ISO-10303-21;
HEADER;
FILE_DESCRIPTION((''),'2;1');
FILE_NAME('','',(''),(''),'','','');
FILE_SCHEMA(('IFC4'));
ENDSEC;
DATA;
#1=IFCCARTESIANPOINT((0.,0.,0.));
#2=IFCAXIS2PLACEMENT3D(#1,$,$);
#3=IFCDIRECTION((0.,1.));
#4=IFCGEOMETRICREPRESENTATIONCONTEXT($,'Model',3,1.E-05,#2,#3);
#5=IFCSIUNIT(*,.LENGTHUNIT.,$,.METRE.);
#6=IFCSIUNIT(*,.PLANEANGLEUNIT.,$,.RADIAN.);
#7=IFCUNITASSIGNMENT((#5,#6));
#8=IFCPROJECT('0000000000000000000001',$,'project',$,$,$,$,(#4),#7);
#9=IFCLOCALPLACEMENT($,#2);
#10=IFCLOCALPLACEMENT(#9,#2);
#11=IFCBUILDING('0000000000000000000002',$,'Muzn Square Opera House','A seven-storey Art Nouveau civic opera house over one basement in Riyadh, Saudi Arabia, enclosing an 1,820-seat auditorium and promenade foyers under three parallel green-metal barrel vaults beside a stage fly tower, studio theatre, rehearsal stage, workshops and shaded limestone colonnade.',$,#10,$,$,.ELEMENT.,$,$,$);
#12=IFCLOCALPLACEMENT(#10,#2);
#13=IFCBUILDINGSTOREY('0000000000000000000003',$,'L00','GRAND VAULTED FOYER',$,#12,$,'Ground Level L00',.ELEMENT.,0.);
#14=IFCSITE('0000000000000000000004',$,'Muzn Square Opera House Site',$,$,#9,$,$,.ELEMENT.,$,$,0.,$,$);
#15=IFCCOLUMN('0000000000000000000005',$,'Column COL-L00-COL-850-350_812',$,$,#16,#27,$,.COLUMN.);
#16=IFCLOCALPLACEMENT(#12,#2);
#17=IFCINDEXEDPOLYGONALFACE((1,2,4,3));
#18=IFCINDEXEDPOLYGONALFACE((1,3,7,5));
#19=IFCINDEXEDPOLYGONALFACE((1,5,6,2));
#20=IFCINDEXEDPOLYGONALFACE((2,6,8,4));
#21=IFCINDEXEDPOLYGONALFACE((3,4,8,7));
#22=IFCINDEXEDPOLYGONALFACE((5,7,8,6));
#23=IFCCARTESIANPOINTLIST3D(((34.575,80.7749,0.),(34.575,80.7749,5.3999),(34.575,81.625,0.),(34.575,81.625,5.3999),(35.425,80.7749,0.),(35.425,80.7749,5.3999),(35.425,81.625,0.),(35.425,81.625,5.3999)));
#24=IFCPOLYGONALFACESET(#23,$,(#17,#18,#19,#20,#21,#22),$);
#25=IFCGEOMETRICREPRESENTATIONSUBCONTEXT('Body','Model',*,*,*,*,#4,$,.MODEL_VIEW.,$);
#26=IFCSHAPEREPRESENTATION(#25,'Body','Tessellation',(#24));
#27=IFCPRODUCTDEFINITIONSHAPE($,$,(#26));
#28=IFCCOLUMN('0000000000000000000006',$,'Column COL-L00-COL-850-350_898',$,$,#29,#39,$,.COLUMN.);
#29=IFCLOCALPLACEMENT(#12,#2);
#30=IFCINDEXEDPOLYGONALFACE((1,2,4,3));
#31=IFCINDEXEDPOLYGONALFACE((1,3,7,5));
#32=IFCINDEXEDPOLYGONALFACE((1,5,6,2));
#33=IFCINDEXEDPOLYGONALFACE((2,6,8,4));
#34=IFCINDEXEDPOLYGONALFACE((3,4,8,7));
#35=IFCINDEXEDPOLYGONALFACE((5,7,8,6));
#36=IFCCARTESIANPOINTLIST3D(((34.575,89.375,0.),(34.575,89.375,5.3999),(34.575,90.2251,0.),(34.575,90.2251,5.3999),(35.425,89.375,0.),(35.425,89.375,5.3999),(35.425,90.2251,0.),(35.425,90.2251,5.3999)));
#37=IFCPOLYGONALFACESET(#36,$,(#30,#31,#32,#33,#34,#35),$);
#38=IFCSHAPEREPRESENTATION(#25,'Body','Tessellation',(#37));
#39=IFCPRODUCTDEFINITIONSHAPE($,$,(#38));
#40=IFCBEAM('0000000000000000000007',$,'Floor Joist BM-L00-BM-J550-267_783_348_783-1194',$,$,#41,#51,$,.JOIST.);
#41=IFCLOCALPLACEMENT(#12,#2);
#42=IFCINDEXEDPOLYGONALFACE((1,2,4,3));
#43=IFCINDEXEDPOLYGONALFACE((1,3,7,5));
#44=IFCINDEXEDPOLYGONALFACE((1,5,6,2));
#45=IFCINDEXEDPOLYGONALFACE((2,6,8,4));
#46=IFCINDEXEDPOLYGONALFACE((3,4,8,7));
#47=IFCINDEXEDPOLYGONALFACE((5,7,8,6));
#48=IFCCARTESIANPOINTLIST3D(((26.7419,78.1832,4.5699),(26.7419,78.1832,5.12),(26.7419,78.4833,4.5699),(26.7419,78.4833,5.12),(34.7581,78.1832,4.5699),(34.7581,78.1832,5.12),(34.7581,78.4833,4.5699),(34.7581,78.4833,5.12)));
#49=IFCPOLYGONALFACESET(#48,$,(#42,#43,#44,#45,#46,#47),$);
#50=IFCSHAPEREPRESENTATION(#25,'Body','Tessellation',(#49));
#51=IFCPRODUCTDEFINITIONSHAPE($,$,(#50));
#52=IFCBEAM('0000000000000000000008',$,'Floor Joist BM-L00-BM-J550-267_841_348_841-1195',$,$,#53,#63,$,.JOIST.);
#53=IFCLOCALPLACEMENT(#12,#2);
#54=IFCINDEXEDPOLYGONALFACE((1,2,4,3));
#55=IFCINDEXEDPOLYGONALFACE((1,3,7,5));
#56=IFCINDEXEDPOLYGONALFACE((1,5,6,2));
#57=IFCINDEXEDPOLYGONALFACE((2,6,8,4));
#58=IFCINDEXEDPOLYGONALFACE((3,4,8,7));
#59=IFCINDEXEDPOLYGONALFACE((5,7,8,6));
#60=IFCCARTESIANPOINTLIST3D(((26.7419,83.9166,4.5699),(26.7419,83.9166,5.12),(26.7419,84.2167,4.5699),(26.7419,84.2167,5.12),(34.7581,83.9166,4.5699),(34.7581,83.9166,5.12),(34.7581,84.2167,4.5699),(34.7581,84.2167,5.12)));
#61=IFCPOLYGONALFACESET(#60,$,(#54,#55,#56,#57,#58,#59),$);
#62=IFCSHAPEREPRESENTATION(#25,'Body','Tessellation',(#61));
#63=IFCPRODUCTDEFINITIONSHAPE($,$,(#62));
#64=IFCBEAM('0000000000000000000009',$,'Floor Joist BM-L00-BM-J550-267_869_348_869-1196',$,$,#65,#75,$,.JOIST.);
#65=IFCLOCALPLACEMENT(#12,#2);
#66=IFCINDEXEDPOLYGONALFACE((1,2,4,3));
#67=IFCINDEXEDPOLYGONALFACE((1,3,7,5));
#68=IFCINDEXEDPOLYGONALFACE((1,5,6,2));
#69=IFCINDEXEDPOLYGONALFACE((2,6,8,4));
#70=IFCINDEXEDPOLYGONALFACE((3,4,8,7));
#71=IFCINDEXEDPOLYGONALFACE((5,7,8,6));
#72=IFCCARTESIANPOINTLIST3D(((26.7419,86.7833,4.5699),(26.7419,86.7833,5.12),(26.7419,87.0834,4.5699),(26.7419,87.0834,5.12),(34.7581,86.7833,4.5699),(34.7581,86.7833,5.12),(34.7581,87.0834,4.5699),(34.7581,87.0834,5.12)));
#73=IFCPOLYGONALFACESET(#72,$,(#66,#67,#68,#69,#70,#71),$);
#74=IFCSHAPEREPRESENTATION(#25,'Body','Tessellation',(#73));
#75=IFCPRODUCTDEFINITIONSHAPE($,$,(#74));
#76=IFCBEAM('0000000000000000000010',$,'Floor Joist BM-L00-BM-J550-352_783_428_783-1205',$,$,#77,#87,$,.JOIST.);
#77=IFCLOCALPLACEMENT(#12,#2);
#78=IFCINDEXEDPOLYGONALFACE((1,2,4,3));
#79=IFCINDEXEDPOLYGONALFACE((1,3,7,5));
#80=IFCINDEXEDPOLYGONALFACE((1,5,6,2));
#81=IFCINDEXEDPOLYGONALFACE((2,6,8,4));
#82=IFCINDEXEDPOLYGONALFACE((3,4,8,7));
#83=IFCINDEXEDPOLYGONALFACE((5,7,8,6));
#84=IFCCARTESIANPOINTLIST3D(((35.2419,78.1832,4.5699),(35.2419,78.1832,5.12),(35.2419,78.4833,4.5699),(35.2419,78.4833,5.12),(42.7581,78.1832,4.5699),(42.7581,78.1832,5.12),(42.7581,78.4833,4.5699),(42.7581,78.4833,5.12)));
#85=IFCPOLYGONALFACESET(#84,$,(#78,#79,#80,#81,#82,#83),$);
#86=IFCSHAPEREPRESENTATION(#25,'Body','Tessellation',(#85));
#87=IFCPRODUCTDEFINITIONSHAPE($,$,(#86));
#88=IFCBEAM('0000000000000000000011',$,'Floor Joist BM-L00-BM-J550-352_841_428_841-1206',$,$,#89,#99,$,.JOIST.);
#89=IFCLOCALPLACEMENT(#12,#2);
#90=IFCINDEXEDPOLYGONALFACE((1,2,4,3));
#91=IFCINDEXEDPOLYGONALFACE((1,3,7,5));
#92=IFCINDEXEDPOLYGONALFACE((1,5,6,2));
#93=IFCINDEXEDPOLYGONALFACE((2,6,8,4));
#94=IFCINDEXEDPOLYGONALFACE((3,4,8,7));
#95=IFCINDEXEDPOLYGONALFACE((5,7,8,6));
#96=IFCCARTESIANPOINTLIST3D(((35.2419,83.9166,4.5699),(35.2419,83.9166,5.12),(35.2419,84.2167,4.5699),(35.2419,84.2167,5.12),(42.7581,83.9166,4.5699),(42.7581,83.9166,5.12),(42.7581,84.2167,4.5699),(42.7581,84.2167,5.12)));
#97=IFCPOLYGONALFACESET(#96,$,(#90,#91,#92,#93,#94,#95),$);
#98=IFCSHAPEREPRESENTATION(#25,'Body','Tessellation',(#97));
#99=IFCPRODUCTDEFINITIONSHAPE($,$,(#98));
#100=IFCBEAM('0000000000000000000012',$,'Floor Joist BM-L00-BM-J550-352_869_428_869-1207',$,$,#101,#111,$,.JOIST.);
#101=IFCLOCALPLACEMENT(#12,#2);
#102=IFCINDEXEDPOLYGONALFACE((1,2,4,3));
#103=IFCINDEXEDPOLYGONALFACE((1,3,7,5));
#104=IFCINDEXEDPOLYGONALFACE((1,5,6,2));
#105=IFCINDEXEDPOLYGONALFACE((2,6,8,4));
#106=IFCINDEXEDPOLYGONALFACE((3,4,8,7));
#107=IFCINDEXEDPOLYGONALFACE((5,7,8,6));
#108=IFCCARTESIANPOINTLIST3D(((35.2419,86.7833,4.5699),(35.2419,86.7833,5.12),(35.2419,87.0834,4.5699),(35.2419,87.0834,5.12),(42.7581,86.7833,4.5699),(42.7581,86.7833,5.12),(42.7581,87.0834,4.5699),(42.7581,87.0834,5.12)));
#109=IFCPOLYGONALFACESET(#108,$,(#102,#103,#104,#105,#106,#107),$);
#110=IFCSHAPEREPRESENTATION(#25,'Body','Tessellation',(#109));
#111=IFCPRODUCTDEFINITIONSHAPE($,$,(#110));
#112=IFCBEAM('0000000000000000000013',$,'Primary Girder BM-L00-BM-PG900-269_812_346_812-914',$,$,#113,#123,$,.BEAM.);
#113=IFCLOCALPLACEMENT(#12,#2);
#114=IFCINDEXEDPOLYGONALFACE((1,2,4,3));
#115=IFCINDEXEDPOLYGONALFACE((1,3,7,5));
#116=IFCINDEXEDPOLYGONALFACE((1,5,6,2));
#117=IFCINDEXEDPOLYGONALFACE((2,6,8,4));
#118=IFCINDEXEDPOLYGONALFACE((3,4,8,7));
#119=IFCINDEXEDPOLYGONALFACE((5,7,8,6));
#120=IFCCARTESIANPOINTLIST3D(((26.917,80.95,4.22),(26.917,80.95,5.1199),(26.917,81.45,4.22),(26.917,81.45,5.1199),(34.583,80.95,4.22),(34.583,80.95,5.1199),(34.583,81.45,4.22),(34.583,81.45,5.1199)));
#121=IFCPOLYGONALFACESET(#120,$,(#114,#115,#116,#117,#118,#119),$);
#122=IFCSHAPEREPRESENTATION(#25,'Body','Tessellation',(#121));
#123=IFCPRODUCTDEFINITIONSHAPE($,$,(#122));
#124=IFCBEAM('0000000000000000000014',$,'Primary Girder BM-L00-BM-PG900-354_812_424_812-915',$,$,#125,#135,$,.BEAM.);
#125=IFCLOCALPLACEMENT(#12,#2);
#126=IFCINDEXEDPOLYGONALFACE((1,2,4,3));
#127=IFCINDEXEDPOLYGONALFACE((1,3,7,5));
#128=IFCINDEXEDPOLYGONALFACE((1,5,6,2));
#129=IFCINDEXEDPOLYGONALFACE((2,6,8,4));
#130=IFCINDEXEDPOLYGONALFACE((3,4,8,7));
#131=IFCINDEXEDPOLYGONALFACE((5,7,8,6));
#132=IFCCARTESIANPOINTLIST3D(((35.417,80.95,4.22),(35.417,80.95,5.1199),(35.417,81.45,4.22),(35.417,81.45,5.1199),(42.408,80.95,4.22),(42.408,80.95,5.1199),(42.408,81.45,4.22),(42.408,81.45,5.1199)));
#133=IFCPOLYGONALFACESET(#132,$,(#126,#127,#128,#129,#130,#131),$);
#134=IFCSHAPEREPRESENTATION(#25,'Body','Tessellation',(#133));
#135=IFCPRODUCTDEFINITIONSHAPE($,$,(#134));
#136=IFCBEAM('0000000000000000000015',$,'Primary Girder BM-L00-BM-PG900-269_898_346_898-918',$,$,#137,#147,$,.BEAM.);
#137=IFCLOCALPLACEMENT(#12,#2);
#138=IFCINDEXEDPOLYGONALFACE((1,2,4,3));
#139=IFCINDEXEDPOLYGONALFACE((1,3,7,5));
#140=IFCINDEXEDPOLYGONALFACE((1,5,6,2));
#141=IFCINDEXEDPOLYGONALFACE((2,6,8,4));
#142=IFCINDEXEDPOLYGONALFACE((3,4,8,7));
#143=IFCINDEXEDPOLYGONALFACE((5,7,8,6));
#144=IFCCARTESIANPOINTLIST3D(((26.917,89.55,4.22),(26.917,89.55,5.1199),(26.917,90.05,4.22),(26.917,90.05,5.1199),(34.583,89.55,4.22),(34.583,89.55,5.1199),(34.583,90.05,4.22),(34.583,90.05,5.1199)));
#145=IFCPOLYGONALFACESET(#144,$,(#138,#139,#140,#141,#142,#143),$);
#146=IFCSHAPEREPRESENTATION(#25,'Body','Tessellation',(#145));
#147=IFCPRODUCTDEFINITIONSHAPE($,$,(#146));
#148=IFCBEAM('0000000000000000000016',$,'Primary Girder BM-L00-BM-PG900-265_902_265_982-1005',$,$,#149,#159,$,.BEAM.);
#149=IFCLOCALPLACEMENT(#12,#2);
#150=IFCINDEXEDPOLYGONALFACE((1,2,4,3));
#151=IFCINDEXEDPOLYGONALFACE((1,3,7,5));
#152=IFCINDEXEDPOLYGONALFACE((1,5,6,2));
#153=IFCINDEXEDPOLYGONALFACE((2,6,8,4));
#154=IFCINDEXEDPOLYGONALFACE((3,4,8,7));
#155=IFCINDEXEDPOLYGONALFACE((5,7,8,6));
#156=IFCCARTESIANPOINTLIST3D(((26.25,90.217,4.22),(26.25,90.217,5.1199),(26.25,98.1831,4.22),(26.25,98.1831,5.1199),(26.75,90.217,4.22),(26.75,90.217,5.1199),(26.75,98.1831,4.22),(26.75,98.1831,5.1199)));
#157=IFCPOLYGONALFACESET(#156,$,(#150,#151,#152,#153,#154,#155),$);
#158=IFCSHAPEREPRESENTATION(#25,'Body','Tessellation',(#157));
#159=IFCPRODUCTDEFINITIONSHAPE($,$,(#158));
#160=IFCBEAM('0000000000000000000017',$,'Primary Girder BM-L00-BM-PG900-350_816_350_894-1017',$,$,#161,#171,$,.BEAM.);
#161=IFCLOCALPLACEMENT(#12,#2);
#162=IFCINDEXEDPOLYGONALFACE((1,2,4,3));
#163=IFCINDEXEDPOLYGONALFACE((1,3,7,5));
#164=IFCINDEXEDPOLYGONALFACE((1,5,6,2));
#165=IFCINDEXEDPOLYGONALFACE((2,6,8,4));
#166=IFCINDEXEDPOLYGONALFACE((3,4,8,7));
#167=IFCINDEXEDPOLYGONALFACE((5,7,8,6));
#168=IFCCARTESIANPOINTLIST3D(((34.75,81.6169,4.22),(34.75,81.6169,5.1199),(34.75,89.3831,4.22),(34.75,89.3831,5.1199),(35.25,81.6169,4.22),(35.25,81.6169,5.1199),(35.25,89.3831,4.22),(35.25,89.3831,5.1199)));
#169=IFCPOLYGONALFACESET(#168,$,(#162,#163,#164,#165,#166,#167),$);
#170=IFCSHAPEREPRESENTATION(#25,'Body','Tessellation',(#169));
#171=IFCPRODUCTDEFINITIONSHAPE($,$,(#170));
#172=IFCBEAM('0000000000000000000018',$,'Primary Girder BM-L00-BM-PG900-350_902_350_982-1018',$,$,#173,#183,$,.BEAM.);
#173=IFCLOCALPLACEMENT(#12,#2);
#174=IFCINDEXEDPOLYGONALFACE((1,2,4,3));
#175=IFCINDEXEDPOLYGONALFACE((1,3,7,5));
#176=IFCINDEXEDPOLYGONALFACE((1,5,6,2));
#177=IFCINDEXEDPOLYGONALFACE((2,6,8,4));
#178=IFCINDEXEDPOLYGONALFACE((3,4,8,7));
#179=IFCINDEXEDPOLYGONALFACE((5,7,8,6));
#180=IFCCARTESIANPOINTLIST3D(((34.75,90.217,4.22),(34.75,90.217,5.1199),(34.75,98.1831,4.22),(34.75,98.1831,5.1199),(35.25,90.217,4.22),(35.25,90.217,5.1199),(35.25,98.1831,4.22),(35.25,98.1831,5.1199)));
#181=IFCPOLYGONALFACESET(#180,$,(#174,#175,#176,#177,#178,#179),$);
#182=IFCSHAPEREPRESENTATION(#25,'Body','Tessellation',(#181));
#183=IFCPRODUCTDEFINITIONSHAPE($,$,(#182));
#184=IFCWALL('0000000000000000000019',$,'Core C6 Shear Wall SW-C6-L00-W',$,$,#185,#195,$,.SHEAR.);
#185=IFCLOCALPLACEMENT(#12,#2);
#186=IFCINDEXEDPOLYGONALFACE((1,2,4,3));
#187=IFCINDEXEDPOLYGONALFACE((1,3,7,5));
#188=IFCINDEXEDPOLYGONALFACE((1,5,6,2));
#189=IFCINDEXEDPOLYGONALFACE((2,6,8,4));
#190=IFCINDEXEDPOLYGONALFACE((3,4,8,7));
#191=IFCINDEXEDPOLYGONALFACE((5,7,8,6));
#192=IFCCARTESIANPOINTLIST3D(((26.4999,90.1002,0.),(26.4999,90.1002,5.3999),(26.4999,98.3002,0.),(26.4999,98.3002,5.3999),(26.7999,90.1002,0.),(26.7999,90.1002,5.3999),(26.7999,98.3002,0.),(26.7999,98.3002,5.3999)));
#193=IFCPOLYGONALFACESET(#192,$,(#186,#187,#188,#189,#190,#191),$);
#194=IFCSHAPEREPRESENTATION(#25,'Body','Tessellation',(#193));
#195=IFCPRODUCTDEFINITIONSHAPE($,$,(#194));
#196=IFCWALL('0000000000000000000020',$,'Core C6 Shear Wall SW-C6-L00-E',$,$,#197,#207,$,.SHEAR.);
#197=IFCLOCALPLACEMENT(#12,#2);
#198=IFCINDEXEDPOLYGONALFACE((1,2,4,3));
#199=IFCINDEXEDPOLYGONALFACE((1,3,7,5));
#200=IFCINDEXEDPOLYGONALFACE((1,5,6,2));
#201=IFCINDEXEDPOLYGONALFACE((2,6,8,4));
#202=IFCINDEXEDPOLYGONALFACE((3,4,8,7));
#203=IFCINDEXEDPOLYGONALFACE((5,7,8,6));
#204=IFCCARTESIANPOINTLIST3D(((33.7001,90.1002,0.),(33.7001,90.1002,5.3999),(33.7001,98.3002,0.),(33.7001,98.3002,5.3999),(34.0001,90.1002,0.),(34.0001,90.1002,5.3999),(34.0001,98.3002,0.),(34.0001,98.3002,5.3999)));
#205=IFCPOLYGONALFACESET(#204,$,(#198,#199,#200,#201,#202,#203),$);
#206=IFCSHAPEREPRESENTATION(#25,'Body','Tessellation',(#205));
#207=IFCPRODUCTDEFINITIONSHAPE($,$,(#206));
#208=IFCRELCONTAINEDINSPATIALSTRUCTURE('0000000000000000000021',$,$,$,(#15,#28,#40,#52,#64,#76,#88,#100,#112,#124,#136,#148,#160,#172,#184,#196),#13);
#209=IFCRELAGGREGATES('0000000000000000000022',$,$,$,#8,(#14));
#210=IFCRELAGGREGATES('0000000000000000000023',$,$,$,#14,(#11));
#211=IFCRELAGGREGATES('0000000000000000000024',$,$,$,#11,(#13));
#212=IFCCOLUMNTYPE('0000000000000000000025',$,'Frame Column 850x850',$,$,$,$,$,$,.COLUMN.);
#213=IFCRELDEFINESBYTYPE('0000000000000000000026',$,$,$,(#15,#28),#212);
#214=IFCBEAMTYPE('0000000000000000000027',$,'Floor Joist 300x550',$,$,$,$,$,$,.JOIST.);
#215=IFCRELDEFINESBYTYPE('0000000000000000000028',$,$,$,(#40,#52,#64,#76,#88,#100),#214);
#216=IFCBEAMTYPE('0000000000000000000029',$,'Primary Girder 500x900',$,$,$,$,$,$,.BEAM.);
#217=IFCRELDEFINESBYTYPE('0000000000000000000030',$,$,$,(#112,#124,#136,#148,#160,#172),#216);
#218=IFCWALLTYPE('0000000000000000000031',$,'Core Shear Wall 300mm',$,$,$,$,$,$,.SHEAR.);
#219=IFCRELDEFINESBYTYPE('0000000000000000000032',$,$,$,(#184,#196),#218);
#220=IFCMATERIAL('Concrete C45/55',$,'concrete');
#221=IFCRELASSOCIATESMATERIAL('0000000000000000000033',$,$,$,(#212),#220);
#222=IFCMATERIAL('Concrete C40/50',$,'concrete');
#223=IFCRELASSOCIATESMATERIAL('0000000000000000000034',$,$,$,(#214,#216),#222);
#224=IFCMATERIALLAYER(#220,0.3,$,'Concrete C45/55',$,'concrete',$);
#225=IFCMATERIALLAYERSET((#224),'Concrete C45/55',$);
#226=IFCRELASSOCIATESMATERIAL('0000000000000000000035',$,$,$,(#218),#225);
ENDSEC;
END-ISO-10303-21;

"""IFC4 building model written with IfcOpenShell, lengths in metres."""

from ifc_helpers import new_model, si_unit, direction, frame, frame_2d, origin, origin_2d, place, context, subcontext, project, spatial, rectangle, extrude, material, layer, layer_set, material_profile, profile_set, type_object, element, save


model = new_model("IFC4")

# Units and contexts
model_context = context("Model", 3, precision=1e-05, world=origin(), true_north=direction((0.0, 1.0)))
body_context = subcontext(model_context, "Body", "Model", "MODEL_VIEW")
ifc_project = project(units=[si_unit("LENGTHUNIT", "METRE"), si_unit("PLANEANGLEUNIT", "RADIAN")], contexts=[model_context])

# Site, building, storey
site_placement = place(None, origin())
site = spatial("IfcSite", under=ifc_project, at=site_placement, Name="Muzn Square Opera House Site", CompositionType="ELEMENT", RefElevation=0.0)
building_placement = place(site_placement, origin())
building = spatial("IfcBuilding", under=site, at=building_placement, Name="Muzn Square Opera House", Description="A seven-storey Art Nouveau civic opera house over one basement in Riyadh, Saudi Arabia, enclosing an 1,820-seat auditorium and promenade foyers under three parallel green-metal barrel vaults beside a stage fly tower, studio theatre, rehearsal stage, workshops and shaded limestone colonnade.", CompositionType="ELEMENT")
storey_placement = place(building_placement, origin())
storey = spatial("IfcBuildingStorey", under=building, at=storey_placement, Name="L00", Description="GRAND VAULTED FOYER", LongName="Ground Level L00", CompositionType="ELEMENT", Elevation=0.0)

# Columns
ifc_material_1 = material(Name="Concrete C45/55", Category="concrete")
ifc_material_profile_1 = material_profile(ifc_material_1, rectangle(XDim=0.8501, YDim=0.8501, at=origin_2d()), Name="RC 850x850", Category="concrete")
ifc_profile_set_1 = profile_set([ifc_material_profile_1], Name="Concrete C45/55")
column_type = type_object("IfcColumnType", Name="Frame Column 850x850", PredefinedType="COLUMN", material=ifc_profile_set_1)
for number, where, z_axis, x_axis, name in (
    (1, (35.0, 81.2, 0.0), (0.0, 0.0, 1.0), (1.0, 0.0, 0.0), "Column COL-L00-COL-850-350_812"),
    (2, (35.0, 89.8, 0.0), (0.0, 0.0, 1.0), (1.0, 0.0, 0.0), "Column COL-L00-COL-850-350_898"),
):
    element("IfcColumn", number, at=place(storey_placement, frame(where, z_axis=z_axis, x_axis=x_axis)), inside=storey, type_object=column_type, Name=name, PredefinedType="COLUMN", context=body_context, shape_type="SweptSolid", body=[
        extrude(rectangle(XDim=0.8501, YDim=0.8501, at=origin_2d()), origin(), (0.0, 0.0, 1.0), 5.3999),
    ])

# Beams
ifc_material_2 = material(Name="Concrete C40/50", Category="concrete")
ifc_material_profile_2 = material_profile(ifc_material_2, rectangle(XDim=0.3, YDim=0.55, at=origin_2d()), Name="RCJ 300x550", Category="concrete")
ifc_profile_set_2 = profile_set([ifc_material_profile_2], Name="Concrete C40/50")
beam_type_1 = type_object("IfcBeamType", Name="Floor Joist 300x550", PredefinedType="JOIST", material=ifc_profile_set_2)
for number, where, z_axis, x_axis, name in (
    (3, (26.7419, 78.3333, 4.845), (1.0, 0.0, 0.0), (0.0, 1.0, 0.0), "Floor Joist BM-L00-BM-J550-267_783_348_783-1194"),
    (4, (26.7419, 84.0667, 4.845), (1.0, 0.0, 0.0), (0.0, 1.0, 0.0), "Floor Joist BM-L00-BM-J550-267_841_348_841-1195"),
    (5, (26.7419, 86.9333, 4.845), (1.0, 0.0, 0.0), (0.0, 1.0, 0.0), "Floor Joist BM-L00-BM-J550-267_869_348_869-1196"),
):
    element("IfcBeam", number, at=place(storey_placement, frame(where, z_axis=z_axis, x_axis=x_axis)), inside=storey, type_object=beam_type_1, Name=name, PredefinedType="JOIST", context=body_context, shape_type="SweptSolid", body=[
        extrude(rectangle(XDim=0.3, YDim=0.55, at=origin_2d()), origin(), (0.0, 0.0, 1.0), 8.0161),
    ])
for number, where, z_axis, x_axis, name in (
    (6, (35.2419, 78.3333, 4.845), (1.0, 0.0, 0.0), (0.0, 1.0, 0.0), "Floor Joist BM-L00-BM-J550-352_783_428_783-1205"),
    (7, (35.2419, 84.0667, 4.845), (1.0, 0.0, 0.0), (0.0, 1.0, 0.0), "Floor Joist BM-L00-BM-J550-352_841_428_841-1206"),
    (8, (35.2419, 86.9333, 4.845), (1.0, 0.0, 0.0), (0.0, 1.0, 0.0), "Floor Joist BM-L00-BM-J550-352_869_428_869-1207"),
):
    element("IfcBeam", number, at=place(storey_placement, frame(where, z_axis=z_axis, x_axis=x_axis)), inside=storey, type_object=beam_type_1, Name=name, PredefinedType="JOIST", context=body_context, shape_type="SweptSolid", body=[
        extrude(rectangle(XDim=0.3, YDim=0.55, at=origin_2d()), origin(), (0.0, 0.0, 1.0), 7.5161),
    ])
ifc_material_profile_3 = material_profile(ifc_material_2, rectangle(XDim=0.5, YDim=0.8999, at=origin_2d()), Name="RCB 500x900", Category="concrete")
ifc_profile_set_3 = profile_set([ifc_material_profile_3], Name="Concrete C40/50")
beam_type_2 = type_object("IfcBeamType", Name="Primary Girder 500x900", PredefinedType="BEAM", material=ifc_profile_set_3)
beam_1_placement = place(storey_placement, frame((26.917, 81.2, 4.6699), z_axis=(1.0, 0.0, 0.0), x_axis=(0.0, 1.0, 0.0)))
element("IfcBeam", 9, at=beam_1_placement, inside=storey, type_object=beam_type_2, Name="Primary Girder BM-L00-BM-PG900-269_812_346_812-914", PredefinedType="BEAM", context=body_context, shape_type="SweptSolid", body=[
    extrude(rectangle(XDim=0.5, YDim=0.8999, at=origin_2d()), origin(), (0.0, 0.0, 1.0), 7.666),
])
beam_2_placement = place(storey_placement, frame((35.417, 81.2, 4.6699), z_axis=(1.0, 0.0, 0.0), x_axis=(0.0, 1.0, 0.0)))
element("IfcBeam", 10, at=beam_2_placement, inside=storey, type_object=beam_type_2, Name="Primary Girder BM-L00-BM-PG900-354_812_424_812-915", PredefinedType="BEAM", context=body_context, shape_type="SweptSolid", body=[
    extrude(rectangle(XDim=0.5, YDim=0.8999, at=origin_2d()), origin(), (0.0, 0.0, 1.0), 6.991),
])
beam_3_placement = place(storey_placement, frame((26.917, 89.8, 4.6699), z_axis=(1.0, 0.0, 0.0), x_axis=(0.0, 1.0, 0.0)))
element("IfcBeam", 11, at=beam_3_placement, inside=storey, type_object=beam_type_2, Name="Primary Girder BM-L00-BM-PG900-269_898_346_898-918", PredefinedType="BEAM", context=body_context, shape_type="SweptSolid", body=[
    extrude(rectangle(XDim=0.5, YDim=0.8999, at=origin_2d()), origin(), (0.0, 0.0, 1.0), 7.666),
])
beam_4_placement = place(storey_placement, frame((26.5, 90.217, 4.6699), z_axis=(0.0, 1.0, 0.0), x_axis=(-1.0, 0.0, 0.0)))
element("IfcBeam", 12, at=beam_4_placement, inside=storey, type_object=beam_type_2, Name="Primary Girder BM-L00-BM-PG900-265_902_265_982-1005", PredefinedType="BEAM", context=body_context, shape_type="SweptSolid", body=[
    extrude(rectangle(XDim=0.5, YDim=0.8999, at=origin_2d()), origin(), (0.0, 0.0, 1.0), 7.9661),
])
beam_5_placement = place(storey_placement, frame((35.0, 81.6169, 4.6699), z_axis=(0.0, 1.0, 0.0), x_axis=(-1.0, 0.0, 0.0)))
element("IfcBeam", 13, at=beam_5_placement, inside=storey, type_object=beam_type_2, Name="Primary Girder BM-L00-BM-PG900-350_816_350_894-1017", PredefinedType="BEAM", context=body_context, shape_type="SweptSolid", body=[
    extrude(rectangle(XDim=0.5, YDim=0.8999, at=origin_2d()), origin(), (0.0, 0.0, 1.0), 7.7661),
])
beam_6_placement = place(storey_placement, frame((35.0, 90.217, 4.6699), z_axis=(0.0, 1.0, 0.0), x_axis=(-1.0, 0.0, 0.0)))
element("IfcBeam", 14, at=beam_6_placement, inside=storey, type_object=beam_type_2, Name="Primary Girder BM-L00-BM-PG900-350_902_350_982-1018", PredefinedType="BEAM", context=body_context, shape_type="SweptSolid", body=[
    extrude(rectangle(XDim=0.5, YDim=0.8999, at=origin_2d()), origin(), (0.0, 0.0, 1.0), 7.9661),
])

# Walls
ifc_layer_1 = layer(ifc_material_1, 0.3, Name="Concrete C45/55", Category="concrete")
ifc_layer_set_1 = layer_set([ifc_layer_1], Name="Concrete C45/55")
wall_type_1 = type_object("IfcWallType", Name="Core Shear Wall 300mm", PredefinedType="SHEAR", material=ifc_layer_set_1)
for number, where, z_axis, x_axis, name in (
    (15, (26.6499, 90.1001, 0.0), (0.0, 0.0, 1.0), (0.0, 1.0, 0.0), "Core C6 Shear Wall SW-C6-L00-W"),
    (16, (33.8501, 90.1001, 0.0), (0.0, 0.0, 1.0), (0.0, 1.0, 0.0), "Core C6 Shear Wall SW-C6-L00-E"),
):
    element("IfcWall", number, at=place(storey_placement, frame(where, z_axis=z_axis, x_axis=x_axis)), inside=storey, type_object=wall_type_1, Name=name, PredefinedType="SHEAR", context=body_context, shape_type="SweptSolid", body=[
        extrude(rectangle(XDim=8.2, YDim=0.3, at=frame_2d((4.1001, 0.0))), origin(), (0.0, 0.0, 1.0), 5.3999),
    ])

save(model, "model.ifc")
